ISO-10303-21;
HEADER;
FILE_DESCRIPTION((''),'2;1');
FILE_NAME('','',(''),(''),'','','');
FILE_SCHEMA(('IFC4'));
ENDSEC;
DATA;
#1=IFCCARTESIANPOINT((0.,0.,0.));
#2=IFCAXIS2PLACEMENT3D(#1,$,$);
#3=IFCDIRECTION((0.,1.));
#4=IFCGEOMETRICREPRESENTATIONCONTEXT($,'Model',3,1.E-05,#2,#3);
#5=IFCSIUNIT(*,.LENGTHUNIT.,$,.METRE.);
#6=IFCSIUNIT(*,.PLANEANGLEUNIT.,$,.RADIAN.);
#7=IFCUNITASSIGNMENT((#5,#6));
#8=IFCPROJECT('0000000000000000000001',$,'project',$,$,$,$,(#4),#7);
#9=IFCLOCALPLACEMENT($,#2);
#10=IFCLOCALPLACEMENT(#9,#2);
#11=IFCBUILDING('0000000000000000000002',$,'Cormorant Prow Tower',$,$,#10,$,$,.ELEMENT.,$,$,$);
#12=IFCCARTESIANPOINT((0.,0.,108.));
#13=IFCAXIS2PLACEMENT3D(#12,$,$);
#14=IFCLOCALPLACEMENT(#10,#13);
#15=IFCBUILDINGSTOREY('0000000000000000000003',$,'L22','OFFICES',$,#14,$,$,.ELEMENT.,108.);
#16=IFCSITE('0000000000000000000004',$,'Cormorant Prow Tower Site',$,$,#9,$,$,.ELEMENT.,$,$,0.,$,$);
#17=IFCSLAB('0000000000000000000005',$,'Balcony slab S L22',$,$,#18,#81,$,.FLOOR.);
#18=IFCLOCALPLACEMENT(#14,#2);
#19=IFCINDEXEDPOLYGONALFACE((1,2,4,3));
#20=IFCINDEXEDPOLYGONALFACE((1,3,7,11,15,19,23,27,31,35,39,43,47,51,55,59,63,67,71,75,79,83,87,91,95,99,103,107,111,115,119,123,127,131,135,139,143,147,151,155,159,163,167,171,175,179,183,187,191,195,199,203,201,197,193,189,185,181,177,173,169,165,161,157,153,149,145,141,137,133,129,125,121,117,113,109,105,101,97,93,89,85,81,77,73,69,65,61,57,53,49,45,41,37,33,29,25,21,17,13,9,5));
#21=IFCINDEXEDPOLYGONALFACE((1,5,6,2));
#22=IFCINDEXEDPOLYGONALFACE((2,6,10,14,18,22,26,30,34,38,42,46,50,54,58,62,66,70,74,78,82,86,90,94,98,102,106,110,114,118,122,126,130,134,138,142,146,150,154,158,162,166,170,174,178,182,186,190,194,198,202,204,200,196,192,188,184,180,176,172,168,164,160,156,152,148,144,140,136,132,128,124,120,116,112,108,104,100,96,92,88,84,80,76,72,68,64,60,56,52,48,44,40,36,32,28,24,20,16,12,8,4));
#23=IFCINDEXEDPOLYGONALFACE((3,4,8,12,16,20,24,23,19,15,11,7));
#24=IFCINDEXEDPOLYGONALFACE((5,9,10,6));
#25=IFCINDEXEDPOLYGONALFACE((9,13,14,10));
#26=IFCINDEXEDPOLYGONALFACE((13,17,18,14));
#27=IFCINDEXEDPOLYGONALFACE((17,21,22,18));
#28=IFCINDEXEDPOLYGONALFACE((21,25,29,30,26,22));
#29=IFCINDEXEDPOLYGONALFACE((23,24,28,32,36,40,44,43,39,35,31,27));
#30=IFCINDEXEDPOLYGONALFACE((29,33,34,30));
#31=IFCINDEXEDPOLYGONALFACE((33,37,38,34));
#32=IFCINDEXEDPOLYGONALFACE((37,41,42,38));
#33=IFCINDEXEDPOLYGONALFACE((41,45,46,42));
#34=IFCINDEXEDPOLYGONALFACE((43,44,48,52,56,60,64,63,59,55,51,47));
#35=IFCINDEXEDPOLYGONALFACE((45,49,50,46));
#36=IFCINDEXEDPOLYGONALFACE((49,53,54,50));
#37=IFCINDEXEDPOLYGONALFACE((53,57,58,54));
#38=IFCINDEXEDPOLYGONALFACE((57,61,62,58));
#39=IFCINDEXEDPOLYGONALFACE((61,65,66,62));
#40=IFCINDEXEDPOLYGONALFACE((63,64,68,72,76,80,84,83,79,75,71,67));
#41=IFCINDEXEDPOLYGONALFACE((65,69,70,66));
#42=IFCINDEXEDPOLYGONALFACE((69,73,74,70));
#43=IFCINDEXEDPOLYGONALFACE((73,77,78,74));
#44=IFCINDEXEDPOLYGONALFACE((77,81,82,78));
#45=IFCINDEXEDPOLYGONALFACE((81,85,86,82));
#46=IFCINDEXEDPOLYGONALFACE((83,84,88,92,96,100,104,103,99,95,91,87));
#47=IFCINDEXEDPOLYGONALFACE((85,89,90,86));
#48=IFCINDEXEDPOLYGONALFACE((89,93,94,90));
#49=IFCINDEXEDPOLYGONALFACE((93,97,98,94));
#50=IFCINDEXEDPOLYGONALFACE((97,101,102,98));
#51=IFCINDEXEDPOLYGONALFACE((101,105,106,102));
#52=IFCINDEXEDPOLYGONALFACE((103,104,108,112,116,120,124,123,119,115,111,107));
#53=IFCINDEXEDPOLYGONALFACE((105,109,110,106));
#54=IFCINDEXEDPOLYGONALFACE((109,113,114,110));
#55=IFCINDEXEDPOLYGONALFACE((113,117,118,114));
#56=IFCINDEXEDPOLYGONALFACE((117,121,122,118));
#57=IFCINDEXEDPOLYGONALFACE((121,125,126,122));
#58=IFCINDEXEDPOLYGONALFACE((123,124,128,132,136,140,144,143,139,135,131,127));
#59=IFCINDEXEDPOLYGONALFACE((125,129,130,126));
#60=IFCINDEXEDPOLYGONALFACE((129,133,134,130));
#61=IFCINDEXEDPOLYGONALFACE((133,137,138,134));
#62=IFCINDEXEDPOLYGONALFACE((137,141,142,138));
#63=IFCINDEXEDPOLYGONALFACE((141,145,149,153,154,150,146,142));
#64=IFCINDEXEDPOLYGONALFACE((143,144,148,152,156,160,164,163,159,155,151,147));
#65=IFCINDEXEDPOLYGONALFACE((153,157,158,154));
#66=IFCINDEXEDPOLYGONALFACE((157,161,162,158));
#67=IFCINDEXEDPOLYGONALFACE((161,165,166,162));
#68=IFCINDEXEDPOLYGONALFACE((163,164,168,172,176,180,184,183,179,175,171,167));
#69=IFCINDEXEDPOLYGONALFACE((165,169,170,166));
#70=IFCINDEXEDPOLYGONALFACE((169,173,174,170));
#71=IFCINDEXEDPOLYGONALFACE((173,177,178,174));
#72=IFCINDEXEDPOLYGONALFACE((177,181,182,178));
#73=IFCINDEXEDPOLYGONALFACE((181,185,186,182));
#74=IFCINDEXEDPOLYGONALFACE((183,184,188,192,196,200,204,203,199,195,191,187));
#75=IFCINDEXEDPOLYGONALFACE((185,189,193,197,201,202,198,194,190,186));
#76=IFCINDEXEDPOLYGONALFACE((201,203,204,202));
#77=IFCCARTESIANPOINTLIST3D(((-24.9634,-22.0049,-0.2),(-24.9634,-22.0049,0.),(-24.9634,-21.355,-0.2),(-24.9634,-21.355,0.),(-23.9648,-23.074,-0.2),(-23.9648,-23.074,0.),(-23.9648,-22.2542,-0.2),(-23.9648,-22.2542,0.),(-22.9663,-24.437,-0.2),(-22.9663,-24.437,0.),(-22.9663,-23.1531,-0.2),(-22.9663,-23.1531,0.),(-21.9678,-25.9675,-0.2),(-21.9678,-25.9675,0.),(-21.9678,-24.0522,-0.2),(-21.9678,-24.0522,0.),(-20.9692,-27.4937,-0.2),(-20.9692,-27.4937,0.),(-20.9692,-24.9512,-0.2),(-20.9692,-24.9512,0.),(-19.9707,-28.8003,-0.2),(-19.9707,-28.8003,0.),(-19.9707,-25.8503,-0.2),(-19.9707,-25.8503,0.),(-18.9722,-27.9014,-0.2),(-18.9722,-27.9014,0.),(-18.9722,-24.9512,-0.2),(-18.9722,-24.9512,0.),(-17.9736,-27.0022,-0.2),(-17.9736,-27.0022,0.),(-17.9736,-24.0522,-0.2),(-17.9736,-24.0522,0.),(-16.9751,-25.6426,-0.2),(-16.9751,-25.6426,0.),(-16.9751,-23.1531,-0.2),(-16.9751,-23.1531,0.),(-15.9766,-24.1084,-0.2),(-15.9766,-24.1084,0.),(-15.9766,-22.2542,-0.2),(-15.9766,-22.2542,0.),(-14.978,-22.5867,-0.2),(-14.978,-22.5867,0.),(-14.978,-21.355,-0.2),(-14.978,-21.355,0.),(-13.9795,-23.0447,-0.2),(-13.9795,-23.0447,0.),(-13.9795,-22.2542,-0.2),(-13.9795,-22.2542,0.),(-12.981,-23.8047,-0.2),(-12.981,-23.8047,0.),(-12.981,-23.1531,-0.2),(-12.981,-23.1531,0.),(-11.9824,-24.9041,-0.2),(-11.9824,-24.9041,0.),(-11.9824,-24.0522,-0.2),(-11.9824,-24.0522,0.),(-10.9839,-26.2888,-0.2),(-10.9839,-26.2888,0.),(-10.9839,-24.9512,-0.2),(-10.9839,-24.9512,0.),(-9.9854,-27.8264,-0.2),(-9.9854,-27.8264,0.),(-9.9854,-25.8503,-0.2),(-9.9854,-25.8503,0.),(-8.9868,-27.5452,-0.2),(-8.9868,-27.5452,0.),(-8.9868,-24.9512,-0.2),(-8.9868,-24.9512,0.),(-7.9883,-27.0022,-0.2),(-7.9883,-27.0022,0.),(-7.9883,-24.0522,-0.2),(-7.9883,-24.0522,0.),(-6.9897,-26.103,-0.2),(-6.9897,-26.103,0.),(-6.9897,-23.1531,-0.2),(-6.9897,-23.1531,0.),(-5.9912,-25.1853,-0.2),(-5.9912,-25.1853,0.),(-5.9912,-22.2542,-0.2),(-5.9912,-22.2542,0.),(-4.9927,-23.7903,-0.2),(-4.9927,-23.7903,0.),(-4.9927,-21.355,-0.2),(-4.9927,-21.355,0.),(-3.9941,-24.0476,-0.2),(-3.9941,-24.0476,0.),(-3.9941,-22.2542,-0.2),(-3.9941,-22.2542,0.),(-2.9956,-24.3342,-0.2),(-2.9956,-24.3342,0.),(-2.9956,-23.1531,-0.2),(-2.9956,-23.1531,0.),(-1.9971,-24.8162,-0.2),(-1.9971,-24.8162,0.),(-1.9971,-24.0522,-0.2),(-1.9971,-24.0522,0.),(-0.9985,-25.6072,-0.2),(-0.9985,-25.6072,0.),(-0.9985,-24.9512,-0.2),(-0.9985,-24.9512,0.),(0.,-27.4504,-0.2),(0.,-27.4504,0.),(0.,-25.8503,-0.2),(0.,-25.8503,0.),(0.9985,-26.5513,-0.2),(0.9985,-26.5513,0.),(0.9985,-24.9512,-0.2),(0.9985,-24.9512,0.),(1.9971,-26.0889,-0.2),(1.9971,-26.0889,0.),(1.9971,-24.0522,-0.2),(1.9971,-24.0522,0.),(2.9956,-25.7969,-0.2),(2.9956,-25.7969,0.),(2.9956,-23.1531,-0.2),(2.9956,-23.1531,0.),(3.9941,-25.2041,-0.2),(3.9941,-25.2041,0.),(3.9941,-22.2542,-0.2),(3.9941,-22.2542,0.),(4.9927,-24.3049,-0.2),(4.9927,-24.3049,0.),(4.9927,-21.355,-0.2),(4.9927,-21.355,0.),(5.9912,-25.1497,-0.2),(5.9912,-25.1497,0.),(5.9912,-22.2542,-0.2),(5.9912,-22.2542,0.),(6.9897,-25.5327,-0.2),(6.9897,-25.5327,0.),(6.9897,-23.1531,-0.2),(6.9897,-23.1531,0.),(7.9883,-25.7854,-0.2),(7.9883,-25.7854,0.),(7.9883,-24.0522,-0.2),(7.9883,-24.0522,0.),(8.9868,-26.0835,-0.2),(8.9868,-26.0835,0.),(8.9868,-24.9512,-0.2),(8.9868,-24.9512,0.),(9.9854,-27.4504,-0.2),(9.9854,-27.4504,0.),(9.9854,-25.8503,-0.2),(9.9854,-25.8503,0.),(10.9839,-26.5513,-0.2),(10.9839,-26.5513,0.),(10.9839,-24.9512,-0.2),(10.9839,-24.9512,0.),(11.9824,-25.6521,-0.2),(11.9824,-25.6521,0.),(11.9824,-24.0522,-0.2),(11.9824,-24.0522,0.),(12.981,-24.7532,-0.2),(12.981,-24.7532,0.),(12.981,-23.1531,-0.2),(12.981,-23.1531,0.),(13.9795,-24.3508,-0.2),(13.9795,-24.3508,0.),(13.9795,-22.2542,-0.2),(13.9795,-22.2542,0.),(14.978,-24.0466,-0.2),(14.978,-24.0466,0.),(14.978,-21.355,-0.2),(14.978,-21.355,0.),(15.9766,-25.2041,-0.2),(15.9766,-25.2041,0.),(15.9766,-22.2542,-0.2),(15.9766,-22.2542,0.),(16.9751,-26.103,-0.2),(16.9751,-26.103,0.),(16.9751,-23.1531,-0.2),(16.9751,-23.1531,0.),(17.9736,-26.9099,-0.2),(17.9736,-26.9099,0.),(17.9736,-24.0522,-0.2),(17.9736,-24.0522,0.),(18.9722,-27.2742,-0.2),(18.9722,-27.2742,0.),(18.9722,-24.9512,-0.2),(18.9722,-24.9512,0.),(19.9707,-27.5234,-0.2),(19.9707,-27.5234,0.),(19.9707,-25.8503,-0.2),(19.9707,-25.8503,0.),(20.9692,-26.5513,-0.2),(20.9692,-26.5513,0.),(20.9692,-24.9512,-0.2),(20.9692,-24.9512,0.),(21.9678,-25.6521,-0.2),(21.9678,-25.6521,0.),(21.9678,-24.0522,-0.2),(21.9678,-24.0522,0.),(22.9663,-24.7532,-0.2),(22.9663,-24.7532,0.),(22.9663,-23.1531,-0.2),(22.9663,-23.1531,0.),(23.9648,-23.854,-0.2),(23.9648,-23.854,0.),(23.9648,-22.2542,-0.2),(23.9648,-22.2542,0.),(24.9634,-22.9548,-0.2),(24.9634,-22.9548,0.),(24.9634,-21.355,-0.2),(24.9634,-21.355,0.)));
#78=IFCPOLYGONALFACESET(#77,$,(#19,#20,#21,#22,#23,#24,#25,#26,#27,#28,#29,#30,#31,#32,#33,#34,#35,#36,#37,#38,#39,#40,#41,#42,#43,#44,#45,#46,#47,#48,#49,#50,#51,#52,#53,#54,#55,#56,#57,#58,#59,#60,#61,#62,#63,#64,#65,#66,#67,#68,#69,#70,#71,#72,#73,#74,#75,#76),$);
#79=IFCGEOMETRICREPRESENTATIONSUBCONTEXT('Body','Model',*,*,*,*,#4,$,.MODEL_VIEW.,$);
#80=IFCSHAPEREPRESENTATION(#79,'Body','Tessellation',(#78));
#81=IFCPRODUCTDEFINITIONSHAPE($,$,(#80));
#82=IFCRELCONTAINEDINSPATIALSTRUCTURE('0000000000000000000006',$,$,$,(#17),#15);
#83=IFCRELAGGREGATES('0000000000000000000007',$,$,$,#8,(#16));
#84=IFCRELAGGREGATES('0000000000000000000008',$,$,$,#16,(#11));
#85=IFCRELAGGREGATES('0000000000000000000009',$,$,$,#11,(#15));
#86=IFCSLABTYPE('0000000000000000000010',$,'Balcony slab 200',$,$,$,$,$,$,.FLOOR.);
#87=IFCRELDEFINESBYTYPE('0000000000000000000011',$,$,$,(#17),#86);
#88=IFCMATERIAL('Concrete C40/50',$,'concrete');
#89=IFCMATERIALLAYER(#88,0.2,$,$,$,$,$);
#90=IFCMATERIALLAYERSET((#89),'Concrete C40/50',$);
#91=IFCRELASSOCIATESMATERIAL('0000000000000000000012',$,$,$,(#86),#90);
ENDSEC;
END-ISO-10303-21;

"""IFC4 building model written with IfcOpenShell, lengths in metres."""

from ifc_helpers import new_model, si_unit, direction, frame, origin, place, context, subcontext, project, spatial, polyline, outline, extrude, material, layer, layer_set, type_object, element, save


model = new_model("IFC4")

# Units and contexts
model_context = context("Model", 3, precision=1e-05, world=origin(), true_north=direction((0.0, 1.0)))
body_context = subcontext(model_context, "Body", "Model", "MODEL_VIEW")
ifc_project = project(units=[si_unit("LENGTHUNIT", "METRE"), si_unit("PLANEANGLEUNIT", "RADIAN")], contexts=[model_context])

# Site, building, storey
site_placement = place(None, origin())
site = spatial("IfcSite", under=ifc_project, at=site_placement, Name="Cormorant Prow Tower Site", CompositionType="ELEMENT", RefElevation=0.0)
building_placement = place(site_placement, origin())
building = spatial("IfcBuilding", under=site, at=building_placement, Name="Cormorant Prow Tower", CompositionType="ELEMENT")
storey_placement = place(building_placement, frame((0.0, 0.0, 108.0)))
storey = spatial("IfcBuildingStorey", under=building, at=storey_placement, Name="L22", Description="OFFICES", CompositionType="ELEMENT", Elevation=108.0)

# Slab
ifc_material_1 = material(Name="Concrete C40/50", Category="concrete")
ifc_layer_1 = layer(ifc_material_1, 0.2)
ifc_layer_set_1 = layer_set([ifc_layer_1], Name="Concrete C40/50")
slab_type_1 = type_object("IfcSlabType", Name="Balcony slab 200", PredefinedType="FLOOR", material=ifc_layer_set_1)
slab_1_placement = place(storey_placement, frame((0.0, 0.0, -0.2)))
element("IfcSlab", 1, at=slab_1_placement, inside=storey, type_object=slab_type_1, Name="Balcony slab S L22", PredefinedType="FLOOR", context=body_context, shape_type="SweptSolid", body=[
    extrude(outline(polyline([(-24.9634, -21.355), (-24.9634, -22.0049), (-23.9648, -23.074), (-22.9663, -24.437), (-21.9678, -25.9675), (-20.9692, -27.4937), (-19.9707, -28.8003), (-18.9722, -27.9014), (-17.9736, -27.0022), (-16.9751, -25.6426), (-15.9766, -24.1084), (-14.978, -22.5867), (-13.9795, -23.0447), (-12.981, -23.8047), (-11.9824, -24.9041), (-10.9839, -26.2888), (-9.9854, -27.8264), (-8.9868, -27.5452), (-7.9883, -27.0022), (-6.9897, -26.103), (-5.9912, -25.1853), (-4.9927, -23.7903), (-3.9941, -24.0476), (-2.9956, -24.3342), (-1.9971, -24.8162), (-0.9985, -25.6072), (0.0, -27.4504), (0.9985, -26.5513), (1.9971, -26.0889), (2.9956, -25.7969), (3.9941, -25.2041), (4.9927, -24.3049), (5.9912, -25.1497), (6.9897, -25.5327), (7.9883, -25.7854), (8.9868, -26.0835), (9.9854, -27.4504), (10.9839, -26.5513), (11.9824, -25.6521), (12.981, -24.7532), (13.9795, -24.3508), (14.978, -24.0466), (15.9766, -25.2041), (16.9751, -26.103), (17.9736, -26.9099), (18.9722, -27.2742), (19.9707, -27.5234), (20.9692, -26.5513), (21.9678, -25.6521), (22.9663, -24.7532), (23.9648, -23.854), (24.9634, -22.9548), (24.9634, -21.355), (23.9648, -22.2542), (22.9663, -23.1531), (21.9678, -24.0522), (20.9692, -24.9512), (19.9707, -25.8503), (18.9722, -24.9512), (17.9736, -24.0522), (16.9751, -23.1531), (15.9766, -22.2542), (14.978, -21.355), (13.9795, -22.2542), (12.981, -23.1531), (11.9824, -24.0522), (10.9839, -24.9512), (9.9854, -25.8503), (8.9868, -24.9512), (7.9883, -24.0522), (6.9897, -23.1531), (5.9912, -22.2542), (4.9927, -21.355), (3.9941, -22.2542), (2.9956, -23.1531), (1.9971, -24.0522), (0.9985, -24.9512), (0.0, -25.8503), (-0.9985, -24.9512), (-1.9971, -24.0522), (-2.9956, -23.1531), (-3.9941, -22.2542), (-4.9927, -21.355), (-5.9912, -22.2542), (-6.9897, -23.1531), (-7.9883, -24.0522), (-8.9868, -24.9512), (-9.9854, -25.8503), (-10.9839, -24.9512), (-11.9824, -24.0522), (-12.981, -23.1531), (-13.9795, -22.2542), (-14.978, -21.355), (-15.9766, -22.2542), (-16.9751, -23.1531), (-17.9736, -24.0522), (-18.9722, -24.9512), (-19.9707, -25.8503), (-20.9692, -24.9512), (-21.9678, -24.0522), (-22.9663, -23.1531), (-23.9648, -22.2542), (-24.9634, -21.355)])), origin(), (0.0, 0.0, 1.0), 0.2),
])

save(model, "model.ifc")
